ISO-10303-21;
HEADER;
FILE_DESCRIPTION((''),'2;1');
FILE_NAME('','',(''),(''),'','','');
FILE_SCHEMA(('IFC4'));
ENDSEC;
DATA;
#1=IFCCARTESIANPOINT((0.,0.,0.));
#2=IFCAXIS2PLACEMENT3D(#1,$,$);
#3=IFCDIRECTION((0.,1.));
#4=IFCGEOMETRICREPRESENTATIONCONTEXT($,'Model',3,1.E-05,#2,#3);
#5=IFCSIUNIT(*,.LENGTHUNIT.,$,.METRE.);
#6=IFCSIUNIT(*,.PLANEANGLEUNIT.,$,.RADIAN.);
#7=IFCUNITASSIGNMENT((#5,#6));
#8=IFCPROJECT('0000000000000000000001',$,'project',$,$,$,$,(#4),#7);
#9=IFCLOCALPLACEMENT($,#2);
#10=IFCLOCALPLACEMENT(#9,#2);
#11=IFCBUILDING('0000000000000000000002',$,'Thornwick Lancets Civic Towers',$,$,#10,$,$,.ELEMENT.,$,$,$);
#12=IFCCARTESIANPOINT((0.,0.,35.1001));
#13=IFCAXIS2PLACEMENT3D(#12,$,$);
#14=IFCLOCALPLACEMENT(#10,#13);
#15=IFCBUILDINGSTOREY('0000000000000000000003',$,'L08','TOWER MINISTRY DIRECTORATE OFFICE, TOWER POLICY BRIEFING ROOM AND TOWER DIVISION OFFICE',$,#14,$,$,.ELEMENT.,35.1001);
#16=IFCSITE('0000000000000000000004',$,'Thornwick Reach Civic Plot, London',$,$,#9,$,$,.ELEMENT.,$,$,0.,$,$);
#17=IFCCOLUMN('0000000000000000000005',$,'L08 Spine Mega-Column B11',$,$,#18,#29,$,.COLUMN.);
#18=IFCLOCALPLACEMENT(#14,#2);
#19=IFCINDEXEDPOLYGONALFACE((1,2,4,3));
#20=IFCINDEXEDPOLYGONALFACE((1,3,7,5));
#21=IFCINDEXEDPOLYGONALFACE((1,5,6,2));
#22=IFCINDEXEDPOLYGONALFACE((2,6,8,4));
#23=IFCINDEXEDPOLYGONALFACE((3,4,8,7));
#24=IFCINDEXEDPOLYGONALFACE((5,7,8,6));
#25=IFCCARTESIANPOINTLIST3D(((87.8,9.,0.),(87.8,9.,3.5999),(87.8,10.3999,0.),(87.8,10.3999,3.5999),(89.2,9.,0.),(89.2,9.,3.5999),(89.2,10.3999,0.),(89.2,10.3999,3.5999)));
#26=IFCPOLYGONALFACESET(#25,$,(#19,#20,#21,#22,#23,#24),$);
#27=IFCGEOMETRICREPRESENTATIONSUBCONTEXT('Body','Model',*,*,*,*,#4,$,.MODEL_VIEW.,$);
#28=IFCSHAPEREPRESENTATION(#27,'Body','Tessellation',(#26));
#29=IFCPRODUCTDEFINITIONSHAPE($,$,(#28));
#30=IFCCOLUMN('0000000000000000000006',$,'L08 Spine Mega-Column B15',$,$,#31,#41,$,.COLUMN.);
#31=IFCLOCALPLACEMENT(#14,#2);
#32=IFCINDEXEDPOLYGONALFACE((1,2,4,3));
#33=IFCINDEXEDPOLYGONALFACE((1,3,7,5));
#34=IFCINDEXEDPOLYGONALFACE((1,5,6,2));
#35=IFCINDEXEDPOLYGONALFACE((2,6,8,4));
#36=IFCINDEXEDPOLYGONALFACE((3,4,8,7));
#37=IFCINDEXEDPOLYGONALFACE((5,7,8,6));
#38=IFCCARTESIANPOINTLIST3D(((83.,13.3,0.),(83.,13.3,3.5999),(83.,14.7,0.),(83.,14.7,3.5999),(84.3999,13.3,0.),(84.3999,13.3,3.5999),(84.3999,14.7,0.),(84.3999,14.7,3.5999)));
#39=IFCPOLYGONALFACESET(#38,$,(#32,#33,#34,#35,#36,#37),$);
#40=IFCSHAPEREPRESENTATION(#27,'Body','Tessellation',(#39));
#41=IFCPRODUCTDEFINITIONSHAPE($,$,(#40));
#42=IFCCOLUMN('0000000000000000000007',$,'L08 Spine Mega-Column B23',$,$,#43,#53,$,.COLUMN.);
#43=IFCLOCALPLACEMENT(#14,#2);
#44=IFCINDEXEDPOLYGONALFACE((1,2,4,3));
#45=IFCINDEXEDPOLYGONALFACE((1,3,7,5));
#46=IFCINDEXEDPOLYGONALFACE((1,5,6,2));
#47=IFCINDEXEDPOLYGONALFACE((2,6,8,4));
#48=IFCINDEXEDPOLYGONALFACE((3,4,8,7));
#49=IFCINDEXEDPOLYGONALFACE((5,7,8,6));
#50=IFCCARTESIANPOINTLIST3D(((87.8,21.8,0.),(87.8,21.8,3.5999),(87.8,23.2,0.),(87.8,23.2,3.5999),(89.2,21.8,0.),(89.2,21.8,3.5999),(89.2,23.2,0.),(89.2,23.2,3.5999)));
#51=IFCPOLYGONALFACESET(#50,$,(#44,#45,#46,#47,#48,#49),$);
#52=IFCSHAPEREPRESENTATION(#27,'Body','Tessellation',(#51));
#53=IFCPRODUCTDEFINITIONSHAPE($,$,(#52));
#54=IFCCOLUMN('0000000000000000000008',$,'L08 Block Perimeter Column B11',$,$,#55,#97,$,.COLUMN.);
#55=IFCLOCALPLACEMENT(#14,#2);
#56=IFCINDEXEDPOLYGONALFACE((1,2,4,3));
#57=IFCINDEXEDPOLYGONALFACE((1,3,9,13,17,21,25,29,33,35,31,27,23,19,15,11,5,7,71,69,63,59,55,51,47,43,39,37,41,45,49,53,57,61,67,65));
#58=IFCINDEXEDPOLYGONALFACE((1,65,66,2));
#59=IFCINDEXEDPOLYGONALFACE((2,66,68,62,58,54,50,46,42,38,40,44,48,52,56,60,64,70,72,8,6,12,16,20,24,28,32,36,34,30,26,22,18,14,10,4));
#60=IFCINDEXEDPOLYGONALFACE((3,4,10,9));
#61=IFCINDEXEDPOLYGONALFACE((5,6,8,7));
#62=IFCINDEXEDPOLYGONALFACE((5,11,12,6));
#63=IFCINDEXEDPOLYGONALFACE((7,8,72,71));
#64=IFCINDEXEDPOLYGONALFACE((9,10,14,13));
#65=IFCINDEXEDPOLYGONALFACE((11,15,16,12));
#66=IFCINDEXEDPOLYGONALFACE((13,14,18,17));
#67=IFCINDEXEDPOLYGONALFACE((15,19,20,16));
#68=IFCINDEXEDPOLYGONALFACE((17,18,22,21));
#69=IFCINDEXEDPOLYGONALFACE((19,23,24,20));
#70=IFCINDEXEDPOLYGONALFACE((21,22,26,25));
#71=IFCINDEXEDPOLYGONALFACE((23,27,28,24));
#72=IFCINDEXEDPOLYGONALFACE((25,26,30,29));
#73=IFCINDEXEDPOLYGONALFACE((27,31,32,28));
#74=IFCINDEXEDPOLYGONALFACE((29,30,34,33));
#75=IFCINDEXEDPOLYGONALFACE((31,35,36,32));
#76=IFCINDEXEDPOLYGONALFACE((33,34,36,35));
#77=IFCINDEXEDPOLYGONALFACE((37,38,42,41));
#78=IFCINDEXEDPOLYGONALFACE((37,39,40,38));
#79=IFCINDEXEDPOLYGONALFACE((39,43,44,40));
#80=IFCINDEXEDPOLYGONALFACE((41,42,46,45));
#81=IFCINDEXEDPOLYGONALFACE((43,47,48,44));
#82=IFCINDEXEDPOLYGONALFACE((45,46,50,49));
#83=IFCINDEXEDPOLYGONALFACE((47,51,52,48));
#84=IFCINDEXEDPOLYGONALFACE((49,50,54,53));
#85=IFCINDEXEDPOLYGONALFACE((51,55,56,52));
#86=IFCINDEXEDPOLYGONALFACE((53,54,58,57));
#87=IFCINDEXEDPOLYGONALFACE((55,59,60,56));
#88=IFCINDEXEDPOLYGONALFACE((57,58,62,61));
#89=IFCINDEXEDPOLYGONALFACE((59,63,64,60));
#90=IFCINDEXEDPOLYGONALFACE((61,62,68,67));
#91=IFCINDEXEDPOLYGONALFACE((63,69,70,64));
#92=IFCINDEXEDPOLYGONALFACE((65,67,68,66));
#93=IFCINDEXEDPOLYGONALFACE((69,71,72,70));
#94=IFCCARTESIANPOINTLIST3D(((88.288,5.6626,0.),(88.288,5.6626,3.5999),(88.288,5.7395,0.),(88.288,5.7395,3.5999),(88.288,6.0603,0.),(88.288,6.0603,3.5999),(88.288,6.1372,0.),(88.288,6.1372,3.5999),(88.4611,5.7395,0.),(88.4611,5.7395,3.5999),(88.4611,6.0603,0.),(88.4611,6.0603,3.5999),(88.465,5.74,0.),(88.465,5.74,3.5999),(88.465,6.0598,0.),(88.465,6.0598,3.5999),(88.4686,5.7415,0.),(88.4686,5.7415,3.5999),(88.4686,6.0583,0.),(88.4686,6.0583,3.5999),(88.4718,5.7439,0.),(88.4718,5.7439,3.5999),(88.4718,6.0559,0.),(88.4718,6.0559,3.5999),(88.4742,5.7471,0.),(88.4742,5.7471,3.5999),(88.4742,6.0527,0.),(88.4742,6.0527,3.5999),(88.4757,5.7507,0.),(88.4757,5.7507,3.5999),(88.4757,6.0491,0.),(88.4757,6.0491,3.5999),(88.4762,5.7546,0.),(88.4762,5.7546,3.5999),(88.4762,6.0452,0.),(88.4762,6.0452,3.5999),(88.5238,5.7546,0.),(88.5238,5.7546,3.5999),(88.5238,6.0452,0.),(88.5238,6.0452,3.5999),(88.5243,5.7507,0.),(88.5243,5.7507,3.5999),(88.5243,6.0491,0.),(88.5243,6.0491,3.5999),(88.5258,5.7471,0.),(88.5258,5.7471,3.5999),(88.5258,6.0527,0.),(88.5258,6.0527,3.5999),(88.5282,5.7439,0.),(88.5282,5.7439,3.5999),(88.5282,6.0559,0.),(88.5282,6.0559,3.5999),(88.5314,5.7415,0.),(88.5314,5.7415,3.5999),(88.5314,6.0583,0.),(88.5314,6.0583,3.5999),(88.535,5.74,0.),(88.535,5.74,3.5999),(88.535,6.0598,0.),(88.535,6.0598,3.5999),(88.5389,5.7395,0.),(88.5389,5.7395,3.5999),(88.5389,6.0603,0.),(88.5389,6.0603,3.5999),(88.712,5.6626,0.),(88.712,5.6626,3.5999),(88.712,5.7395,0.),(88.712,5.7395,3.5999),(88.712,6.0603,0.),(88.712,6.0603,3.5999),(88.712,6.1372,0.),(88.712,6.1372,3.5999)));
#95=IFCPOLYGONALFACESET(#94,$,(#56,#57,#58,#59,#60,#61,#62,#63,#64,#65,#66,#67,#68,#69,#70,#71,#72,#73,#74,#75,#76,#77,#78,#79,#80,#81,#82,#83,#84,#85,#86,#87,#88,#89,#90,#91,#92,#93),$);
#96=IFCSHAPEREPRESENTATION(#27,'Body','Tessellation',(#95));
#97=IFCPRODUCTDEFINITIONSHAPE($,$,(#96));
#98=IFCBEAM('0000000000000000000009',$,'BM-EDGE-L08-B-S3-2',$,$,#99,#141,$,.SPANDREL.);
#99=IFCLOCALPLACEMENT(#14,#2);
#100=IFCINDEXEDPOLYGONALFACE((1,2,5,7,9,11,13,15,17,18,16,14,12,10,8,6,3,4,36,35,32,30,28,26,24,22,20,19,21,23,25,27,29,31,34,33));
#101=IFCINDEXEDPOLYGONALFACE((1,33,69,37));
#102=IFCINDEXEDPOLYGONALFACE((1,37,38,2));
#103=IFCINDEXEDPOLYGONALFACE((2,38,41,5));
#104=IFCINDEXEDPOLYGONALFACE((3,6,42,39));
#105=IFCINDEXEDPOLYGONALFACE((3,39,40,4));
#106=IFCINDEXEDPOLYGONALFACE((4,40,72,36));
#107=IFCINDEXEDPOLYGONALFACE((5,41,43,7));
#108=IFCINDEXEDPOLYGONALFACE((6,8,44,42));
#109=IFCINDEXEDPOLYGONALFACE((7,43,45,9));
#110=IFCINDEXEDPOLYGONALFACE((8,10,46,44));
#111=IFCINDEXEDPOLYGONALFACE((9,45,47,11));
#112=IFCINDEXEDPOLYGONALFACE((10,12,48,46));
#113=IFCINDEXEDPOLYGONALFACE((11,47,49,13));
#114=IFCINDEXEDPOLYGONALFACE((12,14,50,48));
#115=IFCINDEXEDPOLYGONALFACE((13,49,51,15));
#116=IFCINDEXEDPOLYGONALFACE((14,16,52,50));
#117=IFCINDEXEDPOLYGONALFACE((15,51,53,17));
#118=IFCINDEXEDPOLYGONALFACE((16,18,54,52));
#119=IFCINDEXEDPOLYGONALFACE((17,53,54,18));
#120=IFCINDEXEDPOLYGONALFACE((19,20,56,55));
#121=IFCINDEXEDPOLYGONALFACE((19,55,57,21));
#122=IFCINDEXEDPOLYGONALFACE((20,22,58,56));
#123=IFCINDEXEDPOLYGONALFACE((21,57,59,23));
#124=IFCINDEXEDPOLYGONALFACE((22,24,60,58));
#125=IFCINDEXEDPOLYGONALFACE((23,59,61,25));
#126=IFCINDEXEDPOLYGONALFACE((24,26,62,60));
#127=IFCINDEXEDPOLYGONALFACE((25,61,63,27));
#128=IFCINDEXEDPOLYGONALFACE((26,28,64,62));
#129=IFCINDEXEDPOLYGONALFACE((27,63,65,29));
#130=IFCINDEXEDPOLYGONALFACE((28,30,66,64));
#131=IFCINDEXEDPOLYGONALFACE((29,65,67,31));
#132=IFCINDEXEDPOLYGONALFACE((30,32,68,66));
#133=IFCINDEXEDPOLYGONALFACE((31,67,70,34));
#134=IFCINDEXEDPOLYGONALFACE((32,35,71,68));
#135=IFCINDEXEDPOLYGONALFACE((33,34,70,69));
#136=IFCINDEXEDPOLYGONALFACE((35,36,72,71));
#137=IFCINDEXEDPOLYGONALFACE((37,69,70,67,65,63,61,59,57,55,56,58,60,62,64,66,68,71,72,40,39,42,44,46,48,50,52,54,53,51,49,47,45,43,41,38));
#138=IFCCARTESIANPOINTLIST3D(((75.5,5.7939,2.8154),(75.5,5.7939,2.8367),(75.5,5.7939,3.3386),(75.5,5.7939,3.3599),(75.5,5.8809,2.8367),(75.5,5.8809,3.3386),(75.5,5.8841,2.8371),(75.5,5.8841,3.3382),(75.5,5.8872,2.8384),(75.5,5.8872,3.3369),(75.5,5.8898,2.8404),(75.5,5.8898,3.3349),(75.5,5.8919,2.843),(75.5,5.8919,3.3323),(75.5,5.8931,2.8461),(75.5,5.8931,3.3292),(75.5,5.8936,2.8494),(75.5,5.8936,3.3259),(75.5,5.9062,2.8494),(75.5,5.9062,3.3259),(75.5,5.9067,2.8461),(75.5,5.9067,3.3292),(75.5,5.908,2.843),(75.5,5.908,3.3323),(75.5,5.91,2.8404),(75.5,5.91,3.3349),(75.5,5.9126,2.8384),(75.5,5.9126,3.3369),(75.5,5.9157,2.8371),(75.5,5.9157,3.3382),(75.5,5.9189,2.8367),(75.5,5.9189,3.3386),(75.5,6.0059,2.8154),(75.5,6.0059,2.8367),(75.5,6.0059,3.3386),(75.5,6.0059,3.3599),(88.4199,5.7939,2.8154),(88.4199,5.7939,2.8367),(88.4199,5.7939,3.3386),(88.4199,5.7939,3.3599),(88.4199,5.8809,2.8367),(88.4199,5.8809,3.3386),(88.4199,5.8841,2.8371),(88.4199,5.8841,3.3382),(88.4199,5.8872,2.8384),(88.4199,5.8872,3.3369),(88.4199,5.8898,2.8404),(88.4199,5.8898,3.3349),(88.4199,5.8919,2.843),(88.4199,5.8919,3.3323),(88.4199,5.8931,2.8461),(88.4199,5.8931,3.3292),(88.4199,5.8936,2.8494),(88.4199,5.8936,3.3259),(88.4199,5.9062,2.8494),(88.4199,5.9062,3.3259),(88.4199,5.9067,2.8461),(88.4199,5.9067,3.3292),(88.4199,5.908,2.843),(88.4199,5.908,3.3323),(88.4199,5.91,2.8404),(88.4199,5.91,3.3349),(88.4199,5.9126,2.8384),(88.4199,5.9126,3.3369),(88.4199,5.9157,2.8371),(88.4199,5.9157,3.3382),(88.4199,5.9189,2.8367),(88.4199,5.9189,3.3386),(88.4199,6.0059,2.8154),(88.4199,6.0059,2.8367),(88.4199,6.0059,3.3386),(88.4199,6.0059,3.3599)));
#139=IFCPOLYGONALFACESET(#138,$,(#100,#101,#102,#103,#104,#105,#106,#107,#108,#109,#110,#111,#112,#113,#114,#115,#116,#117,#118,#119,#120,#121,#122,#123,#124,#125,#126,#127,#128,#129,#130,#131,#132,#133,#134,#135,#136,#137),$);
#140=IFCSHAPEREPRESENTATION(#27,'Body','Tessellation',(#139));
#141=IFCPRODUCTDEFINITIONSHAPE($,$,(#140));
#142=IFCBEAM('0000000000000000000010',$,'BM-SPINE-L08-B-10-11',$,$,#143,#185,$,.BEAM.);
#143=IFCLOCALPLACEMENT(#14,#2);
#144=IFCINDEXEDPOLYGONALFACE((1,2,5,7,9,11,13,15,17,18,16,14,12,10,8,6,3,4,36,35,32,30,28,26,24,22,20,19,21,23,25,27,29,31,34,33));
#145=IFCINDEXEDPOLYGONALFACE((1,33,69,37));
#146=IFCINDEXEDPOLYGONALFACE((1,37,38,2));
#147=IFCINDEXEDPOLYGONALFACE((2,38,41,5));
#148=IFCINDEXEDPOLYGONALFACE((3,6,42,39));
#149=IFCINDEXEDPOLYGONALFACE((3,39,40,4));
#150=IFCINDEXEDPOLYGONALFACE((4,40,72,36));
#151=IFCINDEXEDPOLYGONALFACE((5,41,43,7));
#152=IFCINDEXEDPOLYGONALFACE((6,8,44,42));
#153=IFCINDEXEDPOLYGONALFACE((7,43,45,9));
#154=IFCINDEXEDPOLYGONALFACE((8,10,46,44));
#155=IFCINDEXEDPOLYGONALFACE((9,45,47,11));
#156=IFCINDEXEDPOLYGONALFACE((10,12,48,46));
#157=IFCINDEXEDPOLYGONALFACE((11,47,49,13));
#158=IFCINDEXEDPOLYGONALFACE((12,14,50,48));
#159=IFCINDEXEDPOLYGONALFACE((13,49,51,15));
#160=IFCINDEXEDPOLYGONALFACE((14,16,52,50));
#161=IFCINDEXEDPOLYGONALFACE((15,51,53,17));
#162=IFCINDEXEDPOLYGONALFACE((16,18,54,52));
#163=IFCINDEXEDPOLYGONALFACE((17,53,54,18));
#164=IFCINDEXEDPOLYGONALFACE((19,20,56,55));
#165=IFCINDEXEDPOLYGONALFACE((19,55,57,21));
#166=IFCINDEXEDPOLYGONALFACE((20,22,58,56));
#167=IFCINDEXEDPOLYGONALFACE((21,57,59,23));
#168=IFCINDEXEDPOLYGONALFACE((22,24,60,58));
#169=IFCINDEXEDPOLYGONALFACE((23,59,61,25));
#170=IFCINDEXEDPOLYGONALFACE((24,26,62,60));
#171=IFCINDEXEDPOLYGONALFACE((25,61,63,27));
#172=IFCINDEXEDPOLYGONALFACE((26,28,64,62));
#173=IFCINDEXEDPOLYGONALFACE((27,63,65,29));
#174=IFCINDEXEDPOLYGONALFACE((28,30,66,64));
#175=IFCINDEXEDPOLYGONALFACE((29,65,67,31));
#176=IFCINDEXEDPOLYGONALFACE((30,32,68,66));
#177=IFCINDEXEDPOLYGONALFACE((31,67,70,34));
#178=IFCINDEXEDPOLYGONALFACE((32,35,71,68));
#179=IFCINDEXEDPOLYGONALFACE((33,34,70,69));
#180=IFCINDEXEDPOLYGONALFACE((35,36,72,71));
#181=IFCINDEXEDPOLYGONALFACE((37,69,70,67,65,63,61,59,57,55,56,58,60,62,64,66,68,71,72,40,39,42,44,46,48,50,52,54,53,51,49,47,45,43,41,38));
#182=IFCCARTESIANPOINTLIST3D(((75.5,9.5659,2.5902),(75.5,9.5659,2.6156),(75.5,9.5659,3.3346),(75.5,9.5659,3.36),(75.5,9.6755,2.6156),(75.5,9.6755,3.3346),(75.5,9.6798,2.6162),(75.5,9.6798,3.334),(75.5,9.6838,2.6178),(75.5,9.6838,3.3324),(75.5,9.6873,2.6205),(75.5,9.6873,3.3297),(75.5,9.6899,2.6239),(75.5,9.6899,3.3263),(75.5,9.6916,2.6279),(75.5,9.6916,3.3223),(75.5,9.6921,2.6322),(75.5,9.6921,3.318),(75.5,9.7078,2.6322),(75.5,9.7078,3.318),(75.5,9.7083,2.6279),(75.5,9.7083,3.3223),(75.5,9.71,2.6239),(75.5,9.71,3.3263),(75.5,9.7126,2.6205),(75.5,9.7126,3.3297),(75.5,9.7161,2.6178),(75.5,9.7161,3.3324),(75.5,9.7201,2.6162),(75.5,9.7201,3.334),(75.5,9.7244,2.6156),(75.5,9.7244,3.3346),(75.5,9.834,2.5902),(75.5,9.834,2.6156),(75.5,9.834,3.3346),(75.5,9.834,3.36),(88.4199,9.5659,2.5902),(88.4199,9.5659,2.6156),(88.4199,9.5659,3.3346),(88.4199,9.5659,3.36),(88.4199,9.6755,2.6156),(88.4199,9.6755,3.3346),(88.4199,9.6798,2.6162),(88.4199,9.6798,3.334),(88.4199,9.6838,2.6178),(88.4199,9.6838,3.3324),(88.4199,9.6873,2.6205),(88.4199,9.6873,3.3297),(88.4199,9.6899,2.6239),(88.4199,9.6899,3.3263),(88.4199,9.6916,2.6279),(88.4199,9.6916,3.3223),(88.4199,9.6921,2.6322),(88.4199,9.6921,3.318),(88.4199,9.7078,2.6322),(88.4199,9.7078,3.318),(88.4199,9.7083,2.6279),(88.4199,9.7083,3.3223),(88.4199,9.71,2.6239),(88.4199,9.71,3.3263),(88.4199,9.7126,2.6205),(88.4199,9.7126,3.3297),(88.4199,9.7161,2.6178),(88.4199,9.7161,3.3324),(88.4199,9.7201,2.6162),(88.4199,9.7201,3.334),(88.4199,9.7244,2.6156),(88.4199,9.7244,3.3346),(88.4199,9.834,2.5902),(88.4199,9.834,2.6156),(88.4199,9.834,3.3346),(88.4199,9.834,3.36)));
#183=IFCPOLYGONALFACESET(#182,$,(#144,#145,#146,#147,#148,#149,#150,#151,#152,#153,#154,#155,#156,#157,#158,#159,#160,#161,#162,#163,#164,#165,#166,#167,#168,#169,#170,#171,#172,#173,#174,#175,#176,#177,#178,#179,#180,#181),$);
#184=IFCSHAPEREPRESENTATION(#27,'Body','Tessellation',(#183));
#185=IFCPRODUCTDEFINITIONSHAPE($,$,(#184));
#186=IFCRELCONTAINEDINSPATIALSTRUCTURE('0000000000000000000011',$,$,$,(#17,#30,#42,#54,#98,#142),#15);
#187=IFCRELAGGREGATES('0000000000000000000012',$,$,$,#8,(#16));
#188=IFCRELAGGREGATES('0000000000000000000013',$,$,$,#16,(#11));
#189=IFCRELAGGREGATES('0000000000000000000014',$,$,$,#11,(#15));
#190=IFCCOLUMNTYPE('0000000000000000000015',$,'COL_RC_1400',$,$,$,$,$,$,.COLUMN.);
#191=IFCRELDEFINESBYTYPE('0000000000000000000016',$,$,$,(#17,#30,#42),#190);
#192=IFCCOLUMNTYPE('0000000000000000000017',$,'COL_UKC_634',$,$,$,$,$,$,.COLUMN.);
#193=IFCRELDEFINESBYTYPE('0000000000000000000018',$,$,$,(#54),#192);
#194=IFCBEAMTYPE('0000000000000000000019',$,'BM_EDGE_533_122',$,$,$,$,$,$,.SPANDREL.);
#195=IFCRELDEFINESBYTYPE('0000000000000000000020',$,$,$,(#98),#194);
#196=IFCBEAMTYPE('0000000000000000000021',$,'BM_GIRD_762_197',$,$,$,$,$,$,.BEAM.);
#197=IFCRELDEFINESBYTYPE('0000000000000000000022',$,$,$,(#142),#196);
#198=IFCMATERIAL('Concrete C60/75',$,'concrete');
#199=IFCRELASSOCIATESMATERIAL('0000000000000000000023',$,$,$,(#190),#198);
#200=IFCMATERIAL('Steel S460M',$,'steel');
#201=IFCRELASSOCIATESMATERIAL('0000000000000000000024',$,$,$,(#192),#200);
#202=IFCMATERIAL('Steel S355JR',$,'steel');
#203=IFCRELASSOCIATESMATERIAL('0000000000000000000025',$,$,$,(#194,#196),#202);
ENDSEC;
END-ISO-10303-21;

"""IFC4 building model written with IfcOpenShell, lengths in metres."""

from ifc_helpers import new_model, si_unit, direction, frame, origin, origin_2d, place, context, subcontext, project, spatial, rectangle, i_section, extrude, material, material_profile, profile_set, type_object, element, save


model = new_model("IFC4")

# Units and contexts
model_context = context("Model", 3, precision=1e-05, world=origin(), true_north=direction((0.0, 1.0)))
body_context = subcontext(model_context, "Body", "Model", "MODEL_VIEW")
ifc_project = project(units=[si_unit("LENGTHUNIT", "METRE"), si_unit("PLANEANGLEUNIT", "RADIAN")], contexts=[model_context])

# Site, building, storey
site_placement = place(None, origin())
site = spatial("IfcSite", under=ifc_project, at=site_placement, Name="Thornwick Reach Civic Plot, London", CompositionType="ELEMENT", RefElevation=0.0)
building_placement = place(site_placement, origin())
building = spatial("IfcBuilding", under=site, at=building_placement, Name="Thornwick Lancets Civic Towers", CompositionType="ELEMENT")
storey_placement = place(building_placement, frame((0.0, 0.0, 35.1001)))
storey = spatial("IfcBuildingStorey", under=building, at=storey_placement, Name="L08", Description="TOWER MINISTRY DIRECTORATE OFFICE, TOWER POLICY BRIEFING ROOM AND TOWER DIVISION OFFICE", CompositionType="ELEMENT", Elevation=35.1001)

# Columns
ifc_material_1 = material(Name="Concrete C60/75", Category="concrete")
ifc_material_profile_1 = material_profile(ifc_material_1, rectangle(XDim=1.3999, YDim=1.3999, at=origin_2d()), Name="RC 1400x1400")
ifc_profile_set_1 = profile_set([ifc_material_profile_1], Name="Concrete C60/75")
column_type_1 = type_object("IfcColumnType", Name="COL_RC_1400", PredefinedType="COLUMN", material=ifc_profile_set_1)
for number, where, z_axis, x_axis, name in (
    (1, (88.5, 9.7, 0.0), (0.0, 0.0, 1.0), (1.0, 0.0, 0.0), "L08 Spine Mega-Column B11"),
    (2, (83.7, 14.0, 0.0), (0.0, 0.0, 1.0), (1.0, 0.0, 0.0), "L08 Spine Mega-Column B15"),
    (3, (88.5, 22.5, 0.0), (0.0, 0.0, 1.0), (1.0, 0.0, 0.0), "L08 Spine Mega-Column B23"),
):
    element("IfcColumn", number, at=place(storey_placement, frame(where, z_axis=z_axis, x_axis=x_axis)), inside=storey, type_object=column_type_1, Name=name, PredefinedType="COLUMN", context=body_context, shape_type="SweptSolid", body=[
        extrude(rectangle(XDim=1.3999, YDim=1.3999, at=origin_2d()), origin(), (0.0, 0.0, 1.0), 3.5999),
    ])
ifc_material_2 = material(Name="Steel S460M", Category="steel")
ifc_material_profile_2 = material_profile(ifc_material_2, i_section(OverallWidth=0.4241, OverallDepth=0.4746, WebThickness=0.0476, FlangeThickness=0.0769, FilletRadius=0.0151, at=origin_2d()), Name="UKC 356x406x634")
ifc_profile_set_2 = profile_set([ifc_material_profile_2], Name="Steel S460M")
column_type_2 = type_object("IfcColumnType", Name="COL_UKC_634", PredefinedType="COLUMN", material=ifc_profile_set_2)
column_placement = place(storey_placement, frame((88.5, 5.8999, 0.0), z_axis=(0.0, 0.0, 1.0), x_axis=(1.0, 0.0, 0.0)))
element("IfcColumn", 4, at=column_placement, inside=storey, type_object=column_type_2, Name="L08 Block Perimeter Column B11", PredefinedType="COLUMN", context=body_context, shape_type="SweptSolid", body=[
    extrude(i_section(OverallWidth=0.4241, OverallDepth=0.4746, WebThickness=0.0476, FlangeThickness=0.0769, FilletRadius=0.0151, at=origin_2d()), origin(), (0.0, 0.0, 1.0), 3.5999),
])

# Beams
ifc_material_3 = material(Name="Steel S355JR", Category="steel")
ifc_material_profile_3 = material_profile(ifc_material_3, i_section(OverallWidth=0.2119, OverallDepth=0.5444, WebThickness=0.0127, FlangeThickness=0.0212, FilletRadius=0.0127, at=origin_2d()), Name="UKB 533x210x122")
ifc_profile_set_3 = profile_set([ifc_material_profile_3], Name="Steel S355JR")
beam_type_1 = type_object("IfcBeamType", Name="BM_EDGE_533_122", PredefinedType="SPANDREL", material=ifc_profile_set_3)
beam_1_placement = place(storey_placement, frame((88.4199, 5.8999, 3.0876), z_axis=(-1.0, 0.0, 0.0), x_axis=(0.0, -1.0, 0.0)))
element("IfcBeam", 5, at=beam_1_placement, inside=storey, type_object=beam_type_1, Name="BM-EDGE-L08-B-S3-2", PredefinedType="SPANDREL", context=body_context, shape_type="SweptSolid", body=[
    extrude(i_section(OverallWidth=0.2119, OverallDepth=0.5444, WebThickness=0.0127, FlangeThickness=0.0212, FilletRadius=0.0127, at=origin_2d()), origin(), (0.0, 0.0, 1.0), 12.9199),
])
ifc_material_profile_4 = material_profile(ifc_material_3, i_section(OverallWidth=0.2681, OverallDepth=0.7698, WebThickness=0.0156, FlangeThickness=0.0254, FilletRadius=0.0166, at=origin_2d()), Name="UKB 762x267x197")
ifc_profile_set_4 = profile_set([ifc_material_profile_4], Name="Steel S355JR")
beam_type_2 = type_object("IfcBeamType", Name="BM_GIRD_762_197", PredefinedType="BEAM", material=ifc_profile_set_4)
beam_2_placement = place(storey_placement, frame((88.4199, 9.7, 2.9751), z_axis=(-1.0, 0.0, 0.0), x_axis=(0.0, -1.0, 0.0)))
element("IfcBeam", 6, at=beam_2_placement, inside=storey, type_object=beam_type_2, Name="BM-SPINE-L08-B-10-11", PredefinedType="BEAM", context=body_context, shape_type="SweptSolid", body=[
    extrude(i_section(OverallWidth=0.2681, OverallDepth=0.7698, WebThickness=0.0156, FlangeThickness=0.0254, FilletRadius=0.0166, at=origin_2d()), origin(), (0.0, 0.0, 1.0), 12.9199),
])

save(model, "model.ifc")
